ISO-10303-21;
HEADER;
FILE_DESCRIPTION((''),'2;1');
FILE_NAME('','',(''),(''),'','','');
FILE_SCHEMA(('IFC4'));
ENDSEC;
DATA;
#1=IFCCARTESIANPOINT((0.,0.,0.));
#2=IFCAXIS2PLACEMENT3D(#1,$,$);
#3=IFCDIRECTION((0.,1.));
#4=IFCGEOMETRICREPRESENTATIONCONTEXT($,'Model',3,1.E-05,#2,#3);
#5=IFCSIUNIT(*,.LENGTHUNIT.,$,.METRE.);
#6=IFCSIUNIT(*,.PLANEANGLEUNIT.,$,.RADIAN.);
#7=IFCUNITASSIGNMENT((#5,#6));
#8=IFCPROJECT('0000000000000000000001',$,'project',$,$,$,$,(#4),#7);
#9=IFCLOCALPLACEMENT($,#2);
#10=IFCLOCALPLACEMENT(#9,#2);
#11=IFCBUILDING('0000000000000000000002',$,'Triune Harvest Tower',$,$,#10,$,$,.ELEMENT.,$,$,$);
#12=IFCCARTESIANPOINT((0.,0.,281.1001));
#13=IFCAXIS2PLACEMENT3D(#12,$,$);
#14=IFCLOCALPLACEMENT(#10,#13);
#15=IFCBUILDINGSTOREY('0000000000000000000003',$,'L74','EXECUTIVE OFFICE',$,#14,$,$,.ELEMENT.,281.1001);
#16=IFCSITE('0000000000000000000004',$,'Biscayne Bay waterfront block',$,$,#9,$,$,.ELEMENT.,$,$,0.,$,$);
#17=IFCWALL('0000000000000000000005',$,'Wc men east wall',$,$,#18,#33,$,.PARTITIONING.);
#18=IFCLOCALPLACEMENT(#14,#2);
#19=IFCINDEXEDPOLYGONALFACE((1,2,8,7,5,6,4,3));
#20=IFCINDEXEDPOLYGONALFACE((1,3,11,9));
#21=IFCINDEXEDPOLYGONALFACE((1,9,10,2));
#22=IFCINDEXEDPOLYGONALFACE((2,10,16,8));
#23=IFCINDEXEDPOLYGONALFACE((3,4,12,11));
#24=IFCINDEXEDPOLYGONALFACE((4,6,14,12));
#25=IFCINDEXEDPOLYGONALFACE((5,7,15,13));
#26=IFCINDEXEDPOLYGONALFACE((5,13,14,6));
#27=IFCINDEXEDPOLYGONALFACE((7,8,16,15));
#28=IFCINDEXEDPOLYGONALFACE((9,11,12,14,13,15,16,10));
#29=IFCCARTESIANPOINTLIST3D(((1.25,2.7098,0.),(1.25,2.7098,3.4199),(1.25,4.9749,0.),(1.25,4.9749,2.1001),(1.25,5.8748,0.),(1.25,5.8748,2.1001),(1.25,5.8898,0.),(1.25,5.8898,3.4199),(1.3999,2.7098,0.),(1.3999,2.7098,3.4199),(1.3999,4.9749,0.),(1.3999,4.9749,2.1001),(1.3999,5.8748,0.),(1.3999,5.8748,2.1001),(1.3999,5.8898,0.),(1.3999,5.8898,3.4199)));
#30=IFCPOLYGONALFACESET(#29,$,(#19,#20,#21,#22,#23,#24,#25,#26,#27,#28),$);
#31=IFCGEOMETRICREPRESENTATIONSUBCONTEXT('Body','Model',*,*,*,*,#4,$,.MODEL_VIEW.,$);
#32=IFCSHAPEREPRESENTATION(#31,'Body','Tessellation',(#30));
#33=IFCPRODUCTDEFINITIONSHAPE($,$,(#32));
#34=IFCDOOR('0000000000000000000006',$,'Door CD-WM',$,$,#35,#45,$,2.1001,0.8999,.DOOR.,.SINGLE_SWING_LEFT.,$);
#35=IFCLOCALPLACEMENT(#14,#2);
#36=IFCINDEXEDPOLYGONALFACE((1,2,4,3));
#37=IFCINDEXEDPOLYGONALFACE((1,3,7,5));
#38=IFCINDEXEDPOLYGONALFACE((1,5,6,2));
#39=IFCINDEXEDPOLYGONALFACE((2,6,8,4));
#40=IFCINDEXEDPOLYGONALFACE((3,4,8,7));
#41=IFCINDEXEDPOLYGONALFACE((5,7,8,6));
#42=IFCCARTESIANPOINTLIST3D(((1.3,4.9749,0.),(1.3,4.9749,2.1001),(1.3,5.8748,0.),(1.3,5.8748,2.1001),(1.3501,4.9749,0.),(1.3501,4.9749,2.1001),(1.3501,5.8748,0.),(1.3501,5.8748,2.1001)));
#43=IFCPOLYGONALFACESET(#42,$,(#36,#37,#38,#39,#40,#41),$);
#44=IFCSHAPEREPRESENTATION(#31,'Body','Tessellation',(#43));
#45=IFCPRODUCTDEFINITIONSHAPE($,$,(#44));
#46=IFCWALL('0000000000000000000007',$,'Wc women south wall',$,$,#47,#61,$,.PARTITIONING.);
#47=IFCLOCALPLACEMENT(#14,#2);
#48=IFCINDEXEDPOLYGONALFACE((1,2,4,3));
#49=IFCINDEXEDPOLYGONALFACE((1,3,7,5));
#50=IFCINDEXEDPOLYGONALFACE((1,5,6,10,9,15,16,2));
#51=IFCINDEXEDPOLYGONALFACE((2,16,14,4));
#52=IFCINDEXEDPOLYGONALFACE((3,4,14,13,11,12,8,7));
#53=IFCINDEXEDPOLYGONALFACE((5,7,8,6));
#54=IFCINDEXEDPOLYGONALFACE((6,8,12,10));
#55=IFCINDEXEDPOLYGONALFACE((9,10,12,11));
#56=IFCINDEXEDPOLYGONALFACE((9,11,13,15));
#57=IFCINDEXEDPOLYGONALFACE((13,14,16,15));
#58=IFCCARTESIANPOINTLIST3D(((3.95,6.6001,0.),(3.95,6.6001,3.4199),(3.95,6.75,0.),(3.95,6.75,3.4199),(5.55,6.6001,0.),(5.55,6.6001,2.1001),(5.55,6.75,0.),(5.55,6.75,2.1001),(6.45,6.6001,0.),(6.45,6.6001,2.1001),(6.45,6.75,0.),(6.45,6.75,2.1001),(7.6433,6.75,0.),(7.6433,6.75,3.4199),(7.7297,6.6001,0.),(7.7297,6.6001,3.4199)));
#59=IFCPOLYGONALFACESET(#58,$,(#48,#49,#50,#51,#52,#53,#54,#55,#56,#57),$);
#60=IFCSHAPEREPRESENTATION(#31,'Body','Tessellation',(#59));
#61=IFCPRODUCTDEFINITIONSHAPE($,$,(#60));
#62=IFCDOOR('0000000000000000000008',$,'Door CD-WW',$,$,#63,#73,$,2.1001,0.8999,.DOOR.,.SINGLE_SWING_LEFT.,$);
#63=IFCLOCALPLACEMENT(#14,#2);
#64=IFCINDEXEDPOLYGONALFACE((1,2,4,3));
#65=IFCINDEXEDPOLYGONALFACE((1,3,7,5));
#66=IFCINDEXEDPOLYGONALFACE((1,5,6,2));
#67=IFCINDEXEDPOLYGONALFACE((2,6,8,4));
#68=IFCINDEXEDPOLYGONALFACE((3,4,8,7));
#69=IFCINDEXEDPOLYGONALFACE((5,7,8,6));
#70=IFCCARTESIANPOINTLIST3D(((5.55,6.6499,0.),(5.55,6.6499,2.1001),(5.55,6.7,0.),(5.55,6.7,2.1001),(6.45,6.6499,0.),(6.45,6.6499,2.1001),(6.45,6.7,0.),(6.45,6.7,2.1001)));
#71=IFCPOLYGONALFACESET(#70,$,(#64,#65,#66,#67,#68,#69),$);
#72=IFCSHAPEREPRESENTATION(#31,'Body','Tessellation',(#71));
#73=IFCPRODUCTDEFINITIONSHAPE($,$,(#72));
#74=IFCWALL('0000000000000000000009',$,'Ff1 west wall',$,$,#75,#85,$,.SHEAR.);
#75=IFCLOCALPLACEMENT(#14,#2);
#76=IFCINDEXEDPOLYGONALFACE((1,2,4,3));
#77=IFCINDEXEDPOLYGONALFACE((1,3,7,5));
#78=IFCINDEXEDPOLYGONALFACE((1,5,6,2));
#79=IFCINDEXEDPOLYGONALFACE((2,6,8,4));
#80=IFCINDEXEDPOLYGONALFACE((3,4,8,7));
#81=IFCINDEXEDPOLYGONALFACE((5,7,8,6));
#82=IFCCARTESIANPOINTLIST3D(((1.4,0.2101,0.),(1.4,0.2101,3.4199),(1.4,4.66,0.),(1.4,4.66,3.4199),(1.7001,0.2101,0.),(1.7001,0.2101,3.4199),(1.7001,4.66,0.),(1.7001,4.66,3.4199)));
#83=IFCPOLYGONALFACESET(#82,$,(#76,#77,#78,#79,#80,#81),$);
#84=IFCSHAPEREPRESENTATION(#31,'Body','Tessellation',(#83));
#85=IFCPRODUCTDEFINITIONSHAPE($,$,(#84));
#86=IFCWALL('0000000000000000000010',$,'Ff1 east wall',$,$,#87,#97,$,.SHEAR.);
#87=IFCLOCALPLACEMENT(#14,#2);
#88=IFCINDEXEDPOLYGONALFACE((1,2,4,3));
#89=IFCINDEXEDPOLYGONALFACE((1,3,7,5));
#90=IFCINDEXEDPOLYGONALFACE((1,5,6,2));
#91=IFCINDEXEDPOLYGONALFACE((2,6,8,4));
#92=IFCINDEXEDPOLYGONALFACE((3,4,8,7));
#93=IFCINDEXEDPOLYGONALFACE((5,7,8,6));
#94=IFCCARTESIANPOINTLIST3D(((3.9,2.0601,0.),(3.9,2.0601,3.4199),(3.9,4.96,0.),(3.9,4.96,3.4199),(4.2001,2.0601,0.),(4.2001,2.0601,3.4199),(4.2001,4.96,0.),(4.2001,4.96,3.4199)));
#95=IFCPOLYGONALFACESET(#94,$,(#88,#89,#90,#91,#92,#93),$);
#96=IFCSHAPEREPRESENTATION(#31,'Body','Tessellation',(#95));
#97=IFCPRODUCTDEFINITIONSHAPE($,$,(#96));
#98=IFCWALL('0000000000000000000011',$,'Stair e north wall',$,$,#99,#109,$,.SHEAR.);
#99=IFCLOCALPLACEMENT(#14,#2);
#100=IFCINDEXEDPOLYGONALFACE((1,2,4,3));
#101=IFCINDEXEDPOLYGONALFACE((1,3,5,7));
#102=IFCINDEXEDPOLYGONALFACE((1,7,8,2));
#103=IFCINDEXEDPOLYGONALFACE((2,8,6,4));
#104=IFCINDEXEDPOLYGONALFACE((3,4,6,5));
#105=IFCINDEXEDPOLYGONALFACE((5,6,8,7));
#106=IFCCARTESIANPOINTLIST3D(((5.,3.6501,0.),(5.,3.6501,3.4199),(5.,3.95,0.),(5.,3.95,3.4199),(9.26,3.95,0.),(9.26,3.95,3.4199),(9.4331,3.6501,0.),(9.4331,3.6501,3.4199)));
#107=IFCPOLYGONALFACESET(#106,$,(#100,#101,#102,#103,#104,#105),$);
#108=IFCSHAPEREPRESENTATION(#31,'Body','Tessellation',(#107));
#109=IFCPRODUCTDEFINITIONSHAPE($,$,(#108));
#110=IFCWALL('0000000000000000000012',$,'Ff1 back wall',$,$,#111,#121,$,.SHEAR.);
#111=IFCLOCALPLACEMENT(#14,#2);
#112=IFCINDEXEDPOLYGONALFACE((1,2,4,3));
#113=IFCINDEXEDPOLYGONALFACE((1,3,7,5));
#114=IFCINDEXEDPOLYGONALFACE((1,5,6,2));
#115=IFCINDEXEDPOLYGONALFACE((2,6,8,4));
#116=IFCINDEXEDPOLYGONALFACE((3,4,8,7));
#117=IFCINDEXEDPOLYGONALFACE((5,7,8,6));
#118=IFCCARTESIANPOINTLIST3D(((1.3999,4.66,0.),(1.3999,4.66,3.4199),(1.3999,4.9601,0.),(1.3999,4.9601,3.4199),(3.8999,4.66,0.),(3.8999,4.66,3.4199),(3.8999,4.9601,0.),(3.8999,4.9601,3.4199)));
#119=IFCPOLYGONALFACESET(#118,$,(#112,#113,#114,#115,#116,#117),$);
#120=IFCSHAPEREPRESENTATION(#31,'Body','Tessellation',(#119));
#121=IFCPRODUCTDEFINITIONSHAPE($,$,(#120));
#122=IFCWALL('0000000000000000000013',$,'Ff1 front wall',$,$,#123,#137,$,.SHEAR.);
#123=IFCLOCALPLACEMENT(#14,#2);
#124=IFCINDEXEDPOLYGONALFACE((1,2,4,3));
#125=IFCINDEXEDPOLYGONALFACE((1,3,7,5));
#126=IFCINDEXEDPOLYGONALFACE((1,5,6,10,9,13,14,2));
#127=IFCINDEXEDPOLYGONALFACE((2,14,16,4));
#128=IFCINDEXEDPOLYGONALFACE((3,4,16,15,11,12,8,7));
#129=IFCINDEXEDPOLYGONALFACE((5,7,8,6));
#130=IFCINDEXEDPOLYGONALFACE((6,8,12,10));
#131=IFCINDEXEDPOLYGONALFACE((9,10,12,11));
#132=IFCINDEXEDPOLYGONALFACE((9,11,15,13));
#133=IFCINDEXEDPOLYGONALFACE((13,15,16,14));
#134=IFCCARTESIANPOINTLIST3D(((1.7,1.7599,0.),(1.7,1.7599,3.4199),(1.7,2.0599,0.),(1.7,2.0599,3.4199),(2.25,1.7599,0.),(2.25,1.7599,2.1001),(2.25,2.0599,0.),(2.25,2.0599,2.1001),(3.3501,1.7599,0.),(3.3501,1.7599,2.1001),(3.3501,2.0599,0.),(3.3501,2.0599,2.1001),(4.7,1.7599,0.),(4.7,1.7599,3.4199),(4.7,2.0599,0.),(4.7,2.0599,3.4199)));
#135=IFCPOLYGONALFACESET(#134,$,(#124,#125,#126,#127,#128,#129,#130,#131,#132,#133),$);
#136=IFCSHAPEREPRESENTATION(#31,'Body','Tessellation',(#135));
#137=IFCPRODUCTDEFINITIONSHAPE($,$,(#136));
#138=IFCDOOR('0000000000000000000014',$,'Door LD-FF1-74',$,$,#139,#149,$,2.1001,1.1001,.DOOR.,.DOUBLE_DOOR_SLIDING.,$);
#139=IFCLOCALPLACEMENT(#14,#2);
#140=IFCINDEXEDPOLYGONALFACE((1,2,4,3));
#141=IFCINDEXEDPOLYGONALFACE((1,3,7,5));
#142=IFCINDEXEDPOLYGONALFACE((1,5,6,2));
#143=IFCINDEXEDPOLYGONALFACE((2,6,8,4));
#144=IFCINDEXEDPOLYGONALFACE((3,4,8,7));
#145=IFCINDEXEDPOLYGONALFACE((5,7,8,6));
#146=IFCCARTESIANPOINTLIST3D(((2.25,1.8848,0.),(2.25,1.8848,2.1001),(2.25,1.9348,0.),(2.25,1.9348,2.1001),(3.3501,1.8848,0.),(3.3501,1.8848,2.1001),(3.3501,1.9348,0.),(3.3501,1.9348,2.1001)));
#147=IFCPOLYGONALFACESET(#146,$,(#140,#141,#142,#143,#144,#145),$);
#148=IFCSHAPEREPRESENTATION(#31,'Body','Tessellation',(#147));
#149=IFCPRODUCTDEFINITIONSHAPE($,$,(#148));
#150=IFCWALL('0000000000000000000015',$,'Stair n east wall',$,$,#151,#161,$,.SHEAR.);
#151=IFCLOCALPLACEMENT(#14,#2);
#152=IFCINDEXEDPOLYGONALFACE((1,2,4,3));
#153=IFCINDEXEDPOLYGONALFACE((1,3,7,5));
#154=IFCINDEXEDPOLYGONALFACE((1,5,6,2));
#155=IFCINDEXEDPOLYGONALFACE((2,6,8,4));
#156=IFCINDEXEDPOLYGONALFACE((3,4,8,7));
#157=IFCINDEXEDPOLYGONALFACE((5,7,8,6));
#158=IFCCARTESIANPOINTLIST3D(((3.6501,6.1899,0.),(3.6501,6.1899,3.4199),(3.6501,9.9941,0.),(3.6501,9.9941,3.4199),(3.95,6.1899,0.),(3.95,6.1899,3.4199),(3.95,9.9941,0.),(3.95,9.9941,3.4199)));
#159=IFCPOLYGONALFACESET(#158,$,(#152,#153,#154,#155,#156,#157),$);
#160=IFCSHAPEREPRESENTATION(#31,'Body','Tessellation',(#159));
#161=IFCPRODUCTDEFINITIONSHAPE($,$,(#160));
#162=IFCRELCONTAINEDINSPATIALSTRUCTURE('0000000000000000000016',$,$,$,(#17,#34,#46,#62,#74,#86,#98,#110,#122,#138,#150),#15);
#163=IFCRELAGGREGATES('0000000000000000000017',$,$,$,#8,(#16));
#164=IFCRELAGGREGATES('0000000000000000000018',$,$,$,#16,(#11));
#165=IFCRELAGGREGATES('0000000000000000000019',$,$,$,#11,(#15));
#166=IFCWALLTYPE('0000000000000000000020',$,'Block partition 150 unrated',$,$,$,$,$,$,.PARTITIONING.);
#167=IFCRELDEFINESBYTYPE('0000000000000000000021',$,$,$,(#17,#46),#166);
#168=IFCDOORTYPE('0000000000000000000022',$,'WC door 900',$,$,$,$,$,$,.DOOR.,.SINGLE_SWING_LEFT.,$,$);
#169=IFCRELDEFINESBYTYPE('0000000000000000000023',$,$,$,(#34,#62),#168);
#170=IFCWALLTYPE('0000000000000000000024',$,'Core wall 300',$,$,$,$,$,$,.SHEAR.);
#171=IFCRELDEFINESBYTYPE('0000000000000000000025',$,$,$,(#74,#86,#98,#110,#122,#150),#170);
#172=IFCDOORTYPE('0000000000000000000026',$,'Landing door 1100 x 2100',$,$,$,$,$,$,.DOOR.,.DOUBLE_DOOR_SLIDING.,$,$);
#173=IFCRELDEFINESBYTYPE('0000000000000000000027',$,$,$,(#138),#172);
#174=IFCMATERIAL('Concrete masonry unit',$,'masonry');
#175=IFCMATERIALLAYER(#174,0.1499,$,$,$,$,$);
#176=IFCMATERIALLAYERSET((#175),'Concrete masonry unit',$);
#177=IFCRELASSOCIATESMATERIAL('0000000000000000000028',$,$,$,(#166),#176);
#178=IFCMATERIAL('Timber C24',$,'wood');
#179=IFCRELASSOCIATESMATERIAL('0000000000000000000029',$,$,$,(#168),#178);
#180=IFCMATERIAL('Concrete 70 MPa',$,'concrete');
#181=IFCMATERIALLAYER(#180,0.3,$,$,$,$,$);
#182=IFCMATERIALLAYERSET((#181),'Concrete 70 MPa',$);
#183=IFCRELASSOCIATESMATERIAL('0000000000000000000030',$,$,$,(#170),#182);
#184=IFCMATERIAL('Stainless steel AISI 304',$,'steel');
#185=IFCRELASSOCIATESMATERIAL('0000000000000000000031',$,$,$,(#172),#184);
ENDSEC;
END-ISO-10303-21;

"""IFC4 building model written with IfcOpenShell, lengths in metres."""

from ifc_helpers import new_model, si_unit, direction, frame, frame_2d, origin, place, context, subcontext, project, spatial, polyline, rectangle, outline, extrude, source, transform, mapped, material, layer, layer_set, type_object, element, fill, save


model = new_model("IFC4")

# Units and contexts
model_context = context("Model", 3, precision=1e-05, world=origin(), true_north=direction((0.0, 1.0)))
body_context = subcontext(model_context, "Body", "Model", "MODEL_VIEW")
ifc_project = project(units=[si_unit("LENGTHUNIT", "METRE"), si_unit("PLANEANGLEUNIT", "RADIAN")], contexts=[model_context])

# Site, building, storey
site_placement = place(None, origin())
site = spatial("IfcSite", under=ifc_project, at=site_placement, Name="Biscayne Bay waterfront block", CompositionType="ELEMENT", RefElevation=0.0)
building_placement = place(site_placement, origin())
building = spatial("IfcBuilding", under=site, at=building_placement, Name="Triune Harvest Tower", CompositionType="ELEMENT")
storey_placement = place(building_placement, frame((0.0, 0.0, 281.1001)))
storey = spatial("IfcBuildingStorey", under=building, at=storey_placement, Name="L74", Description="EXECUTIVE OFFICE", CompositionType="ELEMENT", Elevation=281.1001)

# Walls, openings, doors
ifc_material_1 = material(Name="Concrete masonry unit", Category="masonry")
ifc_layer_1 = layer(ifc_material_1, 0.1499)
ifc_layer_set_1 = layer_set([ifc_layer_1], Name="Concrete masonry unit")
wall_type_1 = type_object("IfcWallType", Name="Block partition 150 unrated", PredefinedType="PARTITIONING", material=ifc_layer_set_1)
wall_1_placement = place(storey_placement, frame((1.325, 2.71, 0.0), z_axis=(0.0, 0.0, 1.0), x_axis=(0.0, 1.0, 0.0)))
wall_1 = element("IfcWall", 1, at=wall_1_placement, inside=storey, type_object=wall_type_1, Name="Wc men east wall", PredefinedType="PARTITIONING", context=body_context, shape_type="SweptSolid", body=[
    extrude(rectangle(XDim=3.1799, YDim=0.1499, at=frame_2d((1.5898, 0.0))), origin(), (0.0, 0.0, 1.0), 3.4199),
])
opening_1_placement = place(wall_1_placement, frame((2.2649, 0.0, 0.0)))
opening_1 = element("IfcOpeningElement", 2, at=opening_1_placement, cuts=wall_1, PredefinedType="OPENING", context=body_context, shape_type="SweptSolid", body=[
    extrude(rectangle(XDim=0.8999, YDim=2.1001, at=frame_2d((0.45, 1.05))), frame((0.0, 0.085, 0.0), z_axis=(0.0, -1.0, 0.0), x_axis=(1.0, 0.0, 0.0)), (0.0, 0.0, 1.0), 0.1699),
])
ifc_material_2 = material(Name="Timber C24", Category="wood")
door_type_1 = type_object("IfcDoorType", Name="WC door 900", OperationType="SINGLE_SWING_LEFT", PredefinedType="DOOR", material=ifc_material_2)
door_1_placement = place(opening_1_placement, origin())
door_1 = element("IfcDoor", 3, at=door_1_placement, inside=storey, type_object=door_type_1, Name="Door CD-WM", OperationType="SINGLE_SWING_LEFT", OverallHeight=2.1001, OverallWidth=0.8999, PredefinedType="DOOR", context=body_context, shape_type="SweptSolid", body=[
    extrude(rectangle(XDim=0.8999, YDim=2.1001, at=frame_2d((0.45, 1.05))), frame((0.0, 0.0249, 0.0), z_axis=(0.0, -1.0, 0.0), x_axis=(1.0, 0.0, 0.0)), (0.0, 0.0, 1.0), 0.05),
])
fill(opening_1, door_1)
wall_2_placement = place(storey_placement, frame((3.95, 6.675, 0.0), z_axis=(0.0, 0.0, 1.0), x_axis=(1.0, 0.0, 0.0)))
wall_2 = element("IfcWall", 4, at=wall_2_placement, inside=storey, type_object=wall_type_1, Name="Wc women south wall", PredefinedType="PARTITIONING", context=body_context, shape_type="SweptSolid", body=[
    extrude(outline(polyline([(0.0, -0.075), (0.0, 0.075), (3.6934, 0.075), (3.7798, -0.075), (0.0, -0.075)])), origin(), (0.0, 0.0, 1.0), 3.4199),
])
opening_2_placement = place(wall_2_placement, frame((1.6001, 0.0, 0.0)))
opening_2 = element("IfcOpeningElement", 5, at=opening_2_placement, cuts=wall_2, PredefinedType="OPENING", context=body_context, shape_type="SweptSolid", body=[
    extrude(rectangle(XDim=0.8999, YDim=2.1001, at=frame_2d((0.45, 1.05))), frame((0.0, 0.085, 0.0), z_axis=(0.0, -1.0, 0.0), x_axis=(1.0, 0.0, 0.0)), (0.0, 0.0, 1.0), 0.1699),
])
door_2_placement = place(opening_2_placement, origin())
door_2 = element("IfcDoor", 6, at=door_2_placement, inside=storey, type_object=door_type_1, Name="Door CD-WW", OperationType="SINGLE_SWING_LEFT", OverallHeight=2.1001, OverallWidth=0.8999, PredefinedType="DOOR", context=body_context, shape_type="SweptSolid", body=[
    extrude(rectangle(XDim=0.8999, YDim=2.1001, at=frame_2d((0.45, 1.05))), frame((0.0, 0.0249, 0.0), z_axis=(0.0, -1.0, 0.0), x_axis=(1.0, 0.0, 0.0)), (0.0, 0.0, 1.0), 0.05),
])
fill(opening_2, door_2)

# Walls
ifc_material_3 = material(Name="Concrete 70 MPa", Category="concrete")
ifc_layer_2 = layer(ifc_material_3, 0.3)
ifc_layer_set_2 = layer_set([ifc_layer_2], Name="Concrete 70 MPa")
wall_type_2 = type_object("IfcWallType", Name="Core wall 300", PredefinedType="SHEAR", material=ifc_layer_set_2)
wall_3_placement = place(storey_placement, frame((1.55, 0.21, 0.0), z_axis=(0.0, 0.0, 1.0), x_axis=(0.0, 1.0, 0.0)))
element("IfcWall", 7, at=wall_3_placement, inside=storey, type_object=wall_type_2, Name="Ff1 west wall", PredefinedType="SHEAR", context=body_context, shape_type="SweptSolid", body=[
    extrude(rectangle(XDim=4.45, YDim=0.3, at=frame_2d((2.2251, 0.0))), origin(), (0.0, 0.0, 1.0), 3.4199),
])
wall_4_placement = place(storey_placement, frame((4.05, 2.0601, 0.0), z_axis=(0.0, 0.0, 1.0), x_axis=(0.0, 1.0, 0.0)))
element("IfcWall", 8, at=wall_4_placement, inside=storey, type_object=wall_type_2, Name="Ff1 east wall", PredefinedType="SHEAR", context=body_context, shape_type="SweptSolid", body=[
    extrude(rectangle(XDim=2.8999, YDim=0.3, at=frame_2d((1.45, 0.0))), origin(), (0.0, 0.0, 1.0), 3.4199),
])
wall_5_placement = place(storey_placement, frame((5.0, 3.8, 0.0), z_axis=(0.0, 0.0, 1.0), x_axis=(1.0, 0.0, 0.0)))
element("IfcWall", 9, at=wall_5_placement, inside=storey, type_object=wall_type_2, Name="Stair e north wall", PredefinedType="SHEAR", context=body_context, shape_type="SweptSolid", body=[
    extrude(outline(polyline([(0.0, -0.1499), (0.0, 0.1499), (4.26, 0.1499), (4.4331, -0.1499), (0.0, -0.1499)])), origin(), (0.0, 0.0, 1.0), 3.4199),
])
shared_shape_1 = source(origin(), body_context, "Body", "SweptSolid", [
    extrude(rectangle(XDim=2.5, YDim=0.3, at=frame_2d((1.25, 0.0))), origin(), (0.0, 0.0, 1.0), 3.4199),
])
wall_6_placement = place(storey_placement, frame((1.3999, 4.8101, 0.0), z_axis=(0.0, 0.0, 1.0), x_axis=(1.0, 0.0, 0.0)))
element("IfcWall", 10, at=wall_6_placement, inside=storey, type_object=wall_type_2, Name="Ff1 back wall", PredefinedType="SHEAR", context=body_context, shape_type="MappedRepresentation", body=[
    mapped(shared_shape_1, transform((0.0, 0.0, 0.0), scale=1.0)),
])

# Wall, opening, door
shared_shape_2 = source(origin(), body_context, "Body", "SweptSolid", [
    extrude(rectangle(XDim=3.0, YDim=0.3, at=frame_2d((1.5, 0.0))), origin(), (0.0, 0.0, 1.0), 3.4199),
])
wall_7_placement = place(storey_placement, frame((1.7, 1.9099, 0.0), z_axis=(0.0, 0.0, 1.0), x_axis=(1.0, 0.0, 0.0)))
wall_7 = element("IfcWall", 11, at=wall_7_placement, inside=storey, type_object=wall_type_2, Name="Ff1 front wall", PredefinedType="SHEAR", context=body_context, shape_type="MappedRepresentation", body=[
    mapped(shared_shape_2, transform((0.0, 0.0, 0.0), scale=1.0)),
])
opening_3_placement = place(wall_7_placement, frame((0.55, 0.0, 0.0)))
opening_3 = element("IfcOpeningElement", 12, at=opening_3_placement, cuts=wall_7, PredefinedType="OPENING", context=body_context, shape_type="SweptSolid", body=[
    extrude(rectangle(XDim=1.1001, YDim=2.1001, at=frame_2d((0.55, 1.05))), frame((0.0, 0.1602, 0.0), z_axis=(0.0, -1.0, 0.0), x_axis=(1.0, 0.0, 0.0)), (0.0, 0.0, 1.0), 0.3201),
])
ifc_material_4 = material(Name="Stainless steel AISI 304", Category="steel")
door_type_2 = type_object("IfcDoorType", Name="Landing door 1100 x 2100", OperationType="DOUBLE_DOOR_SLIDING", PredefinedType="DOOR", material=ifc_material_4)
door_3_placement = place(opening_3_placement, origin())
door_3 = element("IfcDoor", 13, at=door_3_placement, inside=storey, type_object=door_type_2, Name="Door LD-FF1-74", OperationType="DOUBLE_DOOR_SLIDING", OverallHeight=2.1001, OverallWidth=1.1001, PredefinedType="DOOR", context=body_context, shape_type="SweptSolid", body=[
    extrude(rectangle(XDim=1.1001, YDim=2.1001, at=frame_2d((0.55, 1.05))), frame((0.0, 0.0249, 0.0), z_axis=(0.0, -1.0, 0.0), x_axis=(1.0, 0.0, 0.0)), (0.0, 0.0, 1.0), 0.05),
])
fill(opening_3, door_3)

# Wall
shared_shape_3 = source(origin(), body_context, "Body", "SweptSolid", [
    extrude(outline(polyline([(0.0, -0.1499), (0.0, 0.1499), (3.8042, 0.1499), (3.8042, -0.1499), (0.0, -0.1499)])), origin(), (0.0, 0.0, 1.0), 3.4199),
])
wall_8_placement = place(storey_placement, frame((3.8, 6.1899, 0.0), z_axis=(0.0, 0.0, 1.0), x_axis=(0.0, 1.0, 0.0)))
element("IfcWall", 14, at=wall_8_placement, inside=storey, type_object=wall_type_2, Name="Stair n east wall", PredefinedType="SHEAR", context=body_context, shape_type="MappedRepresentation", body=[
    mapped(shared_shape_3, transform((0.0, 0.0, 0.0), scale=1.0)),
])

save(model, "model.ifc")
